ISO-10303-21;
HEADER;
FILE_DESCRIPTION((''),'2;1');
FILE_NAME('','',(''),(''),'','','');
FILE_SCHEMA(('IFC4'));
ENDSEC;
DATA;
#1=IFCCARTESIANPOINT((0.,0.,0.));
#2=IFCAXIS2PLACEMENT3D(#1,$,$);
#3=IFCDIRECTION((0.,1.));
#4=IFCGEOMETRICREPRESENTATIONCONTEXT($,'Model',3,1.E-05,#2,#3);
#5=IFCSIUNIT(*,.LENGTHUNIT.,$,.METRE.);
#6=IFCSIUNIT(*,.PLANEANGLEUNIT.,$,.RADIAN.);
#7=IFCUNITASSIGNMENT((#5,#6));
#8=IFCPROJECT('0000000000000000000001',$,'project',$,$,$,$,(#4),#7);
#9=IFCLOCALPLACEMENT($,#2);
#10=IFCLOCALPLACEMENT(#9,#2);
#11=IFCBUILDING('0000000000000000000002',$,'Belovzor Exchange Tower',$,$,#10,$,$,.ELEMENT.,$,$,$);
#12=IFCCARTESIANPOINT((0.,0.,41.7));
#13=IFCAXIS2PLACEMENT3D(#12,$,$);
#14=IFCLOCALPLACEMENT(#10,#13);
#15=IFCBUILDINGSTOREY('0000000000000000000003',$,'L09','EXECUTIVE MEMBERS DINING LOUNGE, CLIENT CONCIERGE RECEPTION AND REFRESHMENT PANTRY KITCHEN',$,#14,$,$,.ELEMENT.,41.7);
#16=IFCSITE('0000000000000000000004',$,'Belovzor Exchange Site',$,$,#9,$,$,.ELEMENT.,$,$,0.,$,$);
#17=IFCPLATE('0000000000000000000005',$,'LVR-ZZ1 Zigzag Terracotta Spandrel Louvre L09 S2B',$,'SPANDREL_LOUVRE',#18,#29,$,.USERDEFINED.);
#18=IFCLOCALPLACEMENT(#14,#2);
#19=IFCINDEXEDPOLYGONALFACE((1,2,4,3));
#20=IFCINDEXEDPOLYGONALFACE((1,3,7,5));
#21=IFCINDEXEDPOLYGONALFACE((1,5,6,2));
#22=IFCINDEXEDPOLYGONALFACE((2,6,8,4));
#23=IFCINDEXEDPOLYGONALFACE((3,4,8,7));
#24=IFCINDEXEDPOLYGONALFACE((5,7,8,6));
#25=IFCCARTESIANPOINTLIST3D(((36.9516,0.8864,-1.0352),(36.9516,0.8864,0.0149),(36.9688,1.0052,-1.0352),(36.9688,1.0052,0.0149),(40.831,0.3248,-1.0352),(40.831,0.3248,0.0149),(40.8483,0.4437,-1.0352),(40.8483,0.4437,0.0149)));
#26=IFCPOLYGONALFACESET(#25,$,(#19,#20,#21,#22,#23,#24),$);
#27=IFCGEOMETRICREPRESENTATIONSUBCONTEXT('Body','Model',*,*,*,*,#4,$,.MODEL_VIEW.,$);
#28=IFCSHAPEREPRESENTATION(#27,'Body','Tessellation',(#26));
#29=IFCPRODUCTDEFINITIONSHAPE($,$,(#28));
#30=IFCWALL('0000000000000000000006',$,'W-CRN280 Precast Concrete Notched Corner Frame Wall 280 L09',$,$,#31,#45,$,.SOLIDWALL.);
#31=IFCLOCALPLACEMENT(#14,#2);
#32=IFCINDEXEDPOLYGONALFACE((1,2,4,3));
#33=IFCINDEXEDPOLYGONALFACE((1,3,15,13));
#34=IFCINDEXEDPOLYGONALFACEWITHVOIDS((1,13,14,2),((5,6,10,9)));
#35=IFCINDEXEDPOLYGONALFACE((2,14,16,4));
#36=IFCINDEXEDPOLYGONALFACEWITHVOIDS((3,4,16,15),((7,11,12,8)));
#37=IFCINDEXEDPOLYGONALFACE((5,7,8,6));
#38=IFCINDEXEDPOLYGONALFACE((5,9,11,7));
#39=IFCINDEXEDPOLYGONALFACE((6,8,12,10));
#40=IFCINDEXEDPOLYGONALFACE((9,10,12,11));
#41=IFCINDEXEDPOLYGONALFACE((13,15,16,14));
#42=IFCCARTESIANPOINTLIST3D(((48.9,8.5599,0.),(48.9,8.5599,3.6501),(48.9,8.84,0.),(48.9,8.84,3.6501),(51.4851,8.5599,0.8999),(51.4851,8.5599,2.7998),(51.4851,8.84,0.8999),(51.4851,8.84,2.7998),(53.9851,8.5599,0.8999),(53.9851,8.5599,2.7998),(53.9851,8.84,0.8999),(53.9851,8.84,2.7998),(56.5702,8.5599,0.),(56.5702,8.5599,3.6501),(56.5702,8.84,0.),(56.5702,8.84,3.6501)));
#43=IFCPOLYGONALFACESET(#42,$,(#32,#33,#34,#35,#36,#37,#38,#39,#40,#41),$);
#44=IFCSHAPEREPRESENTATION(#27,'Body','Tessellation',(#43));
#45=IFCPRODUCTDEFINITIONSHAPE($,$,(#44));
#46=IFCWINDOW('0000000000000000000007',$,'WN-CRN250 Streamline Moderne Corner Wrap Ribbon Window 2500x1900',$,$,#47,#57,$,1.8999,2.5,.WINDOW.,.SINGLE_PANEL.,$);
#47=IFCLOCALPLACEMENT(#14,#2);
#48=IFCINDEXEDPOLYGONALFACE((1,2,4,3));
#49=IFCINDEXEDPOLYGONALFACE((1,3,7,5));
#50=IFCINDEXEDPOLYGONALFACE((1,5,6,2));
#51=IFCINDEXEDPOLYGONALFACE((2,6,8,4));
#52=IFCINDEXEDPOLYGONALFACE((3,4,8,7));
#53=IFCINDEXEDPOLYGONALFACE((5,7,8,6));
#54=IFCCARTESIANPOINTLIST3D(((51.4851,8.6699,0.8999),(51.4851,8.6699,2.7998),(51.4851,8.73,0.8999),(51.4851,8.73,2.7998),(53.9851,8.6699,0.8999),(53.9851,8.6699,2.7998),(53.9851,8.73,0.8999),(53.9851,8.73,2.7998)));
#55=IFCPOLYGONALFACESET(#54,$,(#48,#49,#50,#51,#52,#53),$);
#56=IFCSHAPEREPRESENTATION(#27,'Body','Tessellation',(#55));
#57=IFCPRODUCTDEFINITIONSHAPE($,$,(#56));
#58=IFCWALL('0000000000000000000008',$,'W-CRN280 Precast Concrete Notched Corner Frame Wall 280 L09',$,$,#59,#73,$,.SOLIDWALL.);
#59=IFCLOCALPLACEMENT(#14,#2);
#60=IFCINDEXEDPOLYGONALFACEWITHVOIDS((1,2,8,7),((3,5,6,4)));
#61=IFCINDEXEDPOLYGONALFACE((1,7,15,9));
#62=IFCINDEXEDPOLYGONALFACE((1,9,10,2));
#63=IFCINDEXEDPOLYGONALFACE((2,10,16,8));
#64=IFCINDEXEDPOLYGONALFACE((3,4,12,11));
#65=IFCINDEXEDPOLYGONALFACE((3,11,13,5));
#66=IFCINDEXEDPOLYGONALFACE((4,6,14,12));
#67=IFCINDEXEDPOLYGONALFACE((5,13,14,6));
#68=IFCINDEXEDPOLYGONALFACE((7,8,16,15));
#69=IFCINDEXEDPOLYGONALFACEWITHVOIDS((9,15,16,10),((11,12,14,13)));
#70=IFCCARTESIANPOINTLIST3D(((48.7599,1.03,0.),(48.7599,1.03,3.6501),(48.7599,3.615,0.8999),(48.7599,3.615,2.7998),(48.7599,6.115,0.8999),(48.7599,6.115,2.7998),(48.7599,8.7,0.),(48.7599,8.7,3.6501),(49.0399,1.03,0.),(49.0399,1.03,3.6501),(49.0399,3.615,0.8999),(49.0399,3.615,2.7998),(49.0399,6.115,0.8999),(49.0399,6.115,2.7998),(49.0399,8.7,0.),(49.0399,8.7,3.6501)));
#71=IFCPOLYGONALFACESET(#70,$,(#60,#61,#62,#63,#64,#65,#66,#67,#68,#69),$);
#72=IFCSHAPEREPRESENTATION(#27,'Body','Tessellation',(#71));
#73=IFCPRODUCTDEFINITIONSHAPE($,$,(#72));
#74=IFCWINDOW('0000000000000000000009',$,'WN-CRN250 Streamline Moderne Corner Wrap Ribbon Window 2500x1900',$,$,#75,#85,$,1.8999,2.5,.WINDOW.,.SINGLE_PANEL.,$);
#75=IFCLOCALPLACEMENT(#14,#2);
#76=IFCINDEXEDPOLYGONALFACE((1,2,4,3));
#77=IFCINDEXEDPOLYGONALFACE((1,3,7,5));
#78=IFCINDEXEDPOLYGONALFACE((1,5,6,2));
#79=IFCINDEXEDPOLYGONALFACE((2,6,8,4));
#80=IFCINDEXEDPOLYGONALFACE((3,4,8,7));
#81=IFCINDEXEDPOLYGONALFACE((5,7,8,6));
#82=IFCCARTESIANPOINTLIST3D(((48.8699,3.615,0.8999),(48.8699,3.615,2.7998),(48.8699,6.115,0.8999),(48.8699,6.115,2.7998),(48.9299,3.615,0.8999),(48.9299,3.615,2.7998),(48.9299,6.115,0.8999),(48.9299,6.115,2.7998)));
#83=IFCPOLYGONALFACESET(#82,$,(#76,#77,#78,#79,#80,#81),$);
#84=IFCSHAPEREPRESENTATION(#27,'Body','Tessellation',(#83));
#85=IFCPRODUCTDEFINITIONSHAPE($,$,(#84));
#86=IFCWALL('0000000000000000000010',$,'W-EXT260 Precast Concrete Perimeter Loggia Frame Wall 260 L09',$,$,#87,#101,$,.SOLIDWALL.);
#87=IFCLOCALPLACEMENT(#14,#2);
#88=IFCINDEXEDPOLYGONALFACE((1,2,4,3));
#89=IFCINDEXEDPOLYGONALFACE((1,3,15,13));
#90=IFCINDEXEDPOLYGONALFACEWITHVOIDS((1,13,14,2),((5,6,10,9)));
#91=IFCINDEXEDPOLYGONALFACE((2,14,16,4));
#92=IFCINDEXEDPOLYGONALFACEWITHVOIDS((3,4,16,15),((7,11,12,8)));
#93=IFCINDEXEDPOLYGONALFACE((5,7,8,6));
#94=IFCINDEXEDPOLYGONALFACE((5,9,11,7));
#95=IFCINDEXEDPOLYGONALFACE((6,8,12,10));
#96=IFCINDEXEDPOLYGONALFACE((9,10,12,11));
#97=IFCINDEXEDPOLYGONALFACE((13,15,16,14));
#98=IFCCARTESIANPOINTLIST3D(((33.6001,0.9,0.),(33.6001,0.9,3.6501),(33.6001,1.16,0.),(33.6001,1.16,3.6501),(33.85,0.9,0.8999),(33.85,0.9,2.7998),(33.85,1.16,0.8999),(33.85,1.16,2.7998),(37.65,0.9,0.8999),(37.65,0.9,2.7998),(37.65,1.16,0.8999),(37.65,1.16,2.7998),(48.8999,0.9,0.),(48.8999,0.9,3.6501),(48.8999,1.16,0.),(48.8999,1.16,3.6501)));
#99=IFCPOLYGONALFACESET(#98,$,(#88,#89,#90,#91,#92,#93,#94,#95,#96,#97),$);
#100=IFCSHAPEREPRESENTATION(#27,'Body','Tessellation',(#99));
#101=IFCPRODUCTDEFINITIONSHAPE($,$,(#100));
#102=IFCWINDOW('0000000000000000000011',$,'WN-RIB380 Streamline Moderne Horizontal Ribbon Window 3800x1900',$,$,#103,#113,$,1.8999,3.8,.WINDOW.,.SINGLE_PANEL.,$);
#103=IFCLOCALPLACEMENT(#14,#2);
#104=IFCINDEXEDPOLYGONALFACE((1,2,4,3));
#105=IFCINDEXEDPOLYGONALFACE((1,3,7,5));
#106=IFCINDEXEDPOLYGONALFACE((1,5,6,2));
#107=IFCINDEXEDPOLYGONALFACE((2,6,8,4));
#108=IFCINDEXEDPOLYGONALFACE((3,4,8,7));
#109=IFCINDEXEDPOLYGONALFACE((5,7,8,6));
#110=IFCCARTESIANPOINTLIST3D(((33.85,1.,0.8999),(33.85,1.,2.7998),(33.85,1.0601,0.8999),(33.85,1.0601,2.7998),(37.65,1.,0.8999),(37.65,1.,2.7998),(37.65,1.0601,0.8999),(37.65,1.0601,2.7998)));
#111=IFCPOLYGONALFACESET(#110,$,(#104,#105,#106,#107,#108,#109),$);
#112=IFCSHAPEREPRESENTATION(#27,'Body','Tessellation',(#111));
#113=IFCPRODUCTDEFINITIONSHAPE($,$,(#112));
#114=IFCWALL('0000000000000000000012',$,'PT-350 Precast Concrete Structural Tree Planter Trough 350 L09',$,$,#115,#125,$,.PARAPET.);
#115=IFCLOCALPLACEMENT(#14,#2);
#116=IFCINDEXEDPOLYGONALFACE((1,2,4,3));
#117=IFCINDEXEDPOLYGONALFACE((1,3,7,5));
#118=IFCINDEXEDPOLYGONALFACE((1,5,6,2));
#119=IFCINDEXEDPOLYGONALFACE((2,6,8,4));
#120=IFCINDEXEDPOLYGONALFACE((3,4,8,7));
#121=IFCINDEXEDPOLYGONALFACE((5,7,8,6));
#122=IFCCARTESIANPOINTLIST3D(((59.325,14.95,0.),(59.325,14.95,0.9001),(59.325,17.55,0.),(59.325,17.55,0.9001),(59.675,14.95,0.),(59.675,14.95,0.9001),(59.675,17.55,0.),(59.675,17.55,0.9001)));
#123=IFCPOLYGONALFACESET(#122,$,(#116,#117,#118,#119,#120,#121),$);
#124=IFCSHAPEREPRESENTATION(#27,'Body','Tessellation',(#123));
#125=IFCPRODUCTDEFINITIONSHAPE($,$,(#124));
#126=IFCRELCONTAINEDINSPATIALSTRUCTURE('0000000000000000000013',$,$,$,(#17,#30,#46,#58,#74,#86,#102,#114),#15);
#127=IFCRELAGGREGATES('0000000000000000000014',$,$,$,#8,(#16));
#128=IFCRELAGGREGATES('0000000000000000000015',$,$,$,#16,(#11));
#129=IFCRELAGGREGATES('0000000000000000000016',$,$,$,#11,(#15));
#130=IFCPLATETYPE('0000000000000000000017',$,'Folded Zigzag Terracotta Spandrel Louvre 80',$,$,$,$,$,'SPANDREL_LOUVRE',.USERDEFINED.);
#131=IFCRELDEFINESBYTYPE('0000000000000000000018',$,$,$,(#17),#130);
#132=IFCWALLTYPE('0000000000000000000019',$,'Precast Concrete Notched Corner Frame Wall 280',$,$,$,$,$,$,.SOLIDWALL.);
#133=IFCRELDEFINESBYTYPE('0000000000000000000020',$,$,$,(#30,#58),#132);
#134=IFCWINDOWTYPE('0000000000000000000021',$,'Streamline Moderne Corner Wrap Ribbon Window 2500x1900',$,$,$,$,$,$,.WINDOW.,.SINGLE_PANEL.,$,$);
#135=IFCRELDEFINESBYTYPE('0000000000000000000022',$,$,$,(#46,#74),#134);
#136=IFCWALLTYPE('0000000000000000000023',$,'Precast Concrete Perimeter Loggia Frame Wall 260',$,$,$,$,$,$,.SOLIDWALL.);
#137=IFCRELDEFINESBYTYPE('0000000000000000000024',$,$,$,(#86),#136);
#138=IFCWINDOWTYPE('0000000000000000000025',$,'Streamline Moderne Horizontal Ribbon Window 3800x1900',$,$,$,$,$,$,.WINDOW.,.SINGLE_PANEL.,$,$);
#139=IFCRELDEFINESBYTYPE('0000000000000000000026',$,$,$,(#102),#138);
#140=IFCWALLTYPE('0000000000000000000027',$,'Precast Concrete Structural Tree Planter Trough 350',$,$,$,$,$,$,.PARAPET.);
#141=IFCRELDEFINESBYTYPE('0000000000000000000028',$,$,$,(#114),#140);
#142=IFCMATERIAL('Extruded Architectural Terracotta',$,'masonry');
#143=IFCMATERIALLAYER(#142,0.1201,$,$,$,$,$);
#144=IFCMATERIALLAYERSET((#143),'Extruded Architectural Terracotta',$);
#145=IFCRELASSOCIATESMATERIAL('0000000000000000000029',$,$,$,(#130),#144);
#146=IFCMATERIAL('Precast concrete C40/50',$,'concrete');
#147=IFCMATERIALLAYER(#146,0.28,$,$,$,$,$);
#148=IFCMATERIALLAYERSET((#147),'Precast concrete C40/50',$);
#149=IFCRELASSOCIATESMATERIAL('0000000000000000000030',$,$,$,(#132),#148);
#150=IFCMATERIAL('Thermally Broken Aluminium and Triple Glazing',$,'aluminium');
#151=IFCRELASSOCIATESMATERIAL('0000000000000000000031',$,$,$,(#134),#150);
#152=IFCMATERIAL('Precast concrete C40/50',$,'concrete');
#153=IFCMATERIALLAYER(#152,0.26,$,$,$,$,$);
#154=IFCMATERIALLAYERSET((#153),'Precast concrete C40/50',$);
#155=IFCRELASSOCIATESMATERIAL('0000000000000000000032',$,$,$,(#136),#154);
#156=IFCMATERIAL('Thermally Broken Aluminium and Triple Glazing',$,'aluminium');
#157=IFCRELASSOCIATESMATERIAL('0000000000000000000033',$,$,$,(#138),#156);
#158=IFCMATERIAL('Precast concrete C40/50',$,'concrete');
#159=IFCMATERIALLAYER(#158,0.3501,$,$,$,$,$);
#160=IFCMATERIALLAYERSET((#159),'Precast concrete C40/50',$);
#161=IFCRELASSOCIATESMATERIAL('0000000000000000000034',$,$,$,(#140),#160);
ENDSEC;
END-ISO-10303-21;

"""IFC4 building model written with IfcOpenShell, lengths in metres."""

from ifc_helpers import new_model, si_unit, direction, frame, frame_2d, origin, origin_2d, place, context, subcontext, project, spatial, rectangle, extrude, material, layer, layer_set, type_object, element, fill, save


model = new_model("IFC4")

# Units and contexts
model_context = context("Model", 3, precision=1e-05, world=origin(), true_north=direction((0.0, 1.0)))
body_context = subcontext(model_context, "Body", "Model", "MODEL_VIEW")
ifc_project = project(units=[si_unit("LENGTHUNIT", "METRE"), si_unit("PLANEANGLEUNIT", "RADIAN")], contexts=[model_context])

# Site, building, storey
site_placement = place(None, origin())
site = spatial("IfcSite", under=ifc_project, at=site_placement, Name="Belovzor Exchange Site", CompositionType="ELEMENT", RefElevation=0.0)
building_placement = place(site_placement, origin())
building = spatial("IfcBuilding", under=site, at=building_placement, Name="Belovzor Exchange Tower", CompositionType="ELEMENT")
storey_placement = place(building_placement, frame((0.0, 0.0, 41.7)))
storey = spatial("IfcBuildingStorey", under=building, at=storey_placement, Name="L09", Description="EXECUTIVE MEMBERS DINING LOUNGE, CLIENT CONCIERGE RECEPTION AND REFRESHMENT PANTRY KITCHEN", CompositionType="ELEMENT", Elevation=41.7)

# Plate
ifc_material_1 = material(Name="Extruded Architectural Terracotta", Category="masonry")
ifc_layer_1 = layer(ifc_material_1, 0.1201)
ifc_layer_set_1 = layer_set([ifc_layer_1], Name="Extruded Architectural Terracotta")
plate_type = type_object("IfcPlateType", Name="Folded Zigzag Terracotta Spandrel Louvre 80", ElementType="SPANDREL_LOUVRE", PredefinedType="USERDEFINED", material=ifc_layer_set_1)
plate_placement = place(storey_placement, frame((38.8999, 0.665, -1.0352), z_axis=(0.0, 0.0, 1.0), x_axis=(0.989686, -0.143251, 0.0)))
element("IfcPlate", 1, at=plate_placement, inside=storey, type_object=plate_type, Name="LVR-ZZ1 Zigzag Terracotta Spandrel Louvre L09 S2B", ObjectType="SPANDREL_LOUVRE", PredefinedType="USERDEFINED", context=body_context, shape_type="SweptSolid", body=[
    extrude(rectangle(XDim=3.9199, YDim=0.1201, at=origin_2d()), origin(), (0.0, 0.0, 1.0), 1.05),
])

# Walls, openings, windows
ifc_material_2 = material(Name="Precast concrete C40/50", Category="concrete")
ifc_layer_2 = layer(ifc_material_2, 0.28)
ifc_layer_set_2 = layer_set([ifc_layer_2], Name="Precast concrete C40/50")
wall_type_1 = type_object("IfcWallType", Name="Precast Concrete Notched Corner Frame Wall 280", PredefinedType="SOLIDWALL", material=ifc_layer_set_2)
wall_1_placement = place(storey_placement, frame((56.5701, 8.7, 0.0), z_axis=(0.0, 0.0, 1.0), x_axis=(-1.0, 0.0, 0.0)))
wall_1 = element("IfcWall", 2, at=wall_1_placement, inside=storey, type_object=wall_type_1, Name="W-CRN280 Precast Concrete Notched Corner Frame Wall 280 L09", PredefinedType="SOLIDWALL", context=body_context, shape_type="SweptSolid", body=[
    extrude(rectangle(XDim=7.6702, YDim=0.28, at=frame_2d((3.835, 0.0))), origin(), (0.0, 0.0, 1.0), 3.6501),
])
opening_1_placement = place(wall_1_placement, frame((2.585, 0.0, 0.8999)))
opening_1 = element("IfcOpeningElement", 3, at=opening_1_placement, cuts=wall_1, PredefinedType="OPENING", context=body_context, shape_type="SweptSolid", body=[
    extrude(rectangle(XDim=2.5, YDim=1.8999, at=frame_2d((1.25, 0.95))), frame((0.0, 0.1499, 0.0), z_axis=(0.0, -1.0, 0.0), x_axis=(1.0, 0.0, 0.0)), (0.0, 0.0, 1.0), 0.3),
])
ifc_material_3 = material(Name="Thermally Broken Aluminium and Triple Glazing", Category="aluminium")
window_type_1 = type_object("IfcWindowType", Name="Streamline Moderne Corner Wrap Ribbon Window 2500x1900", PartitioningType="SINGLE_PANEL", PredefinedType="WINDOW", material=ifc_material_3)
window_1_placement = place(opening_1_placement, origin())
window_1 = element("IfcWindow", 4, at=window_1_placement, inside=storey, type_object=window_type_1, Name="WN-CRN250 Streamline Moderne Corner Wrap Ribbon Window 2500x1900", OverallHeight=1.8999, OverallWidth=2.5, PartitioningType="SINGLE_PANEL", PredefinedType="WINDOW", context=body_context, shape_type="SweptSolid", body=[
    extrude(rectangle(XDim=2.5, YDim=1.8999, at=frame_2d((1.25, 0.95))), frame((0.0, 0.03, 0.0), z_axis=(0.0, -1.0, 0.0), x_axis=(1.0, 0.0, 0.0)), (0.0, 0.0, 1.0), 0.0601),
])
fill(opening_1, window_1)
wall_2_placement = place(storey_placement, frame((48.8999, 8.7, 0.0), z_axis=(0.0, 0.0, 1.0), x_axis=(0.0, -1.0, 0.0)))
wall_2 = element("IfcWall", 5, at=wall_2_placement, inside=storey, type_object=wall_type_1, Name="W-CRN280 Precast Concrete Notched Corner Frame Wall 280 L09", PredefinedType="SOLIDWALL", context=body_context, shape_type="SweptSolid", body=[
    extrude(rectangle(XDim=7.6699, YDim=0.28, at=frame_2d((3.835, 0.0))), origin(), (0.0, 0.0, 1.0), 3.6501),
])
opening_2_placement = place(wall_2_placement, frame((2.585, 0.0, 0.8999)))
opening_2 = element("IfcOpeningElement", 6, at=opening_2_placement, cuts=wall_2, PredefinedType="OPENING", context=body_context, shape_type="SweptSolid", body=[
    extrude(rectangle(XDim=2.5, YDim=1.8999, at=frame_2d((1.25, 0.95))), frame((0.0, 0.1499, 0.0), z_axis=(0.0, -1.0, 0.0), x_axis=(1.0, 0.0, 0.0)), (0.0, 0.0, 1.0), 0.3),
])
window_2_placement = place(opening_2_placement, origin())
window_2 = element("IfcWindow", 7, at=window_2_placement, inside=storey, type_object=window_type_1, Name="WN-CRN250 Streamline Moderne Corner Wrap Ribbon Window 2500x1900", OverallHeight=1.8999, OverallWidth=2.5, PartitioningType="SINGLE_PANEL", PredefinedType="WINDOW", context=body_context, shape_type="SweptSolid", body=[
    extrude(rectangle(XDim=2.5, YDim=1.8999, at=frame_2d((1.25, 0.95))), frame((0.0, 0.03, 0.0), z_axis=(0.0, -1.0, 0.0), x_axis=(1.0, 0.0, 0.0)), (0.0, 0.0, 1.0), 0.0601),
])
fill(opening_2, window_2)
ifc_material_4 = material(Name="Precast concrete C40/50", Category="concrete")
ifc_layer_3 = layer(ifc_material_4, 0.26)
ifc_layer_set_3 = layer_set([ifc_layer_3], Name="Precast concrete C40/50")
wall_type_2 = type_object("IfcWallType", Name="Precast Concrete Perimeter Loggia Frame Wall 260", PredefinedType="SOLIDWALL", material=ifc_layer_set_3)
wall_3_placement = place(storey_placement, frame((48.8999, 1.03, 0.0), z_axis=(0.0, 0.0, 1.0), x_axis=(-1.0, 0.0, 0.0)))
wall_3 = element("IfcWall", 8, at=wall_3_placement, inside=storey, type_object=wall_type_2, Name="W-EXT260 Precast Concrete Perimeter Loggia Frame Wall 260 L09", PredefinedType="SOLIDWALL", context=body_context, shape_type="SweptSolid", body=[
    extrude(rectangle(XDim=15.2998, YDim=0.26, at=frame_2d((7.6499, 0.0))), origin(), (0.0, 0.0, 1.0), 3.6501),
])
opening_3_placement = place(wall_3_placement, frame((11.25, 0.0, 0.8999)))
opening_3 = element("IfcOpeningElement", 9, at=opening_3_placement, cuts=wall_3, PredefinedType="OPENING", context=body_context, shape_type="SweptSolid", body=[
    extrude(rectangle(XDim=3.8, YDim=1.8999, at=frame_2d((1.8999, 0.95))), frame((0.0, 0.1399, 0.0), z_axis=(0.0, -1.0, 0.0), x_axis=(1.0, 0.0, 0.0)), (0.0, 0.0, 1.0), 0.28),
])
ifc_material_5 = material(Name="Thermally Broken Aluminium and Triple Glazing", Category="aluminium")
window_type_2 = type_object("IfcWindowType", Name="Streamline Moderne Horizontal Ribbon Window 3800x1900", PartitioningType="SINGLE_PANEL", PredefinedType="WINDOW", material=ifc_material_5)
window_3_placement = place(opening_3_placement, origin())
window_3 = element("IfcWindow", 10, at=window_3_placement, inside=storey, type_object=window_type_2, Name="WN-RIB380 Streamline Moderne Horizontal Ribbon Window 3800x1900", OverallHeight=1.8999, OverallWidth=3.8, PartitioningType="SINGLE_PANEL", PredefinedType="WINDOW", context=body_context, shape_type="SweptSolid", body=[
    extrude(rectangle(XDim=3.8, YDim=1.8999, at=frame_2d((1.8999, 0.95))), frame((0.0, 0.03, 0.0), z_axis=(0.0, -1.0, 0.0), x_axis=(1.0, 0.0, 0.0)), (0.0, 0.0, 1.0), 0.0601),
])
fill(opening_3, window_3)

# Wall
ifc_material_6 = material(Name="Precast concrete C40/50", Category="concrete")
ifc_layer_4 = layer(ifc_material_6, 0.3501)
ifc_layer_set_4 = layer_set([ifc_layer_4], Name="Precast concrete C40/50")
wall_type_3 = type_object("IfcWallType", Name="Precast Concrete Structural Tree Planter Trough 350", PredefinedType="PARAPET", material=ifc_layer_set_4)
wall_4_placement = place(storey_placement, frame((59.5, 14.95, 0.0), z_axis=(0.0, 0.0, 1.0), x_axis=(0.0, 1.0, 0.0)))
element("IfcWall", 11, at=wall_4_placement, inside=storey, type_object=wall_type_3, Name="PT-350 Precast Concrete Structural Tree Planter Trough 350 L09", PredefinedType="PARAPET", context=body_context, shape_type="SweptSolid", body=[
    extrude(rectangle(XDim=2.6001, YDim=0.3501, at=frame_2d((1.3, 0.0))), origin(), (0.0, 0.0, 1.0), 0.9001),
])

save(model, "model.ifc")
